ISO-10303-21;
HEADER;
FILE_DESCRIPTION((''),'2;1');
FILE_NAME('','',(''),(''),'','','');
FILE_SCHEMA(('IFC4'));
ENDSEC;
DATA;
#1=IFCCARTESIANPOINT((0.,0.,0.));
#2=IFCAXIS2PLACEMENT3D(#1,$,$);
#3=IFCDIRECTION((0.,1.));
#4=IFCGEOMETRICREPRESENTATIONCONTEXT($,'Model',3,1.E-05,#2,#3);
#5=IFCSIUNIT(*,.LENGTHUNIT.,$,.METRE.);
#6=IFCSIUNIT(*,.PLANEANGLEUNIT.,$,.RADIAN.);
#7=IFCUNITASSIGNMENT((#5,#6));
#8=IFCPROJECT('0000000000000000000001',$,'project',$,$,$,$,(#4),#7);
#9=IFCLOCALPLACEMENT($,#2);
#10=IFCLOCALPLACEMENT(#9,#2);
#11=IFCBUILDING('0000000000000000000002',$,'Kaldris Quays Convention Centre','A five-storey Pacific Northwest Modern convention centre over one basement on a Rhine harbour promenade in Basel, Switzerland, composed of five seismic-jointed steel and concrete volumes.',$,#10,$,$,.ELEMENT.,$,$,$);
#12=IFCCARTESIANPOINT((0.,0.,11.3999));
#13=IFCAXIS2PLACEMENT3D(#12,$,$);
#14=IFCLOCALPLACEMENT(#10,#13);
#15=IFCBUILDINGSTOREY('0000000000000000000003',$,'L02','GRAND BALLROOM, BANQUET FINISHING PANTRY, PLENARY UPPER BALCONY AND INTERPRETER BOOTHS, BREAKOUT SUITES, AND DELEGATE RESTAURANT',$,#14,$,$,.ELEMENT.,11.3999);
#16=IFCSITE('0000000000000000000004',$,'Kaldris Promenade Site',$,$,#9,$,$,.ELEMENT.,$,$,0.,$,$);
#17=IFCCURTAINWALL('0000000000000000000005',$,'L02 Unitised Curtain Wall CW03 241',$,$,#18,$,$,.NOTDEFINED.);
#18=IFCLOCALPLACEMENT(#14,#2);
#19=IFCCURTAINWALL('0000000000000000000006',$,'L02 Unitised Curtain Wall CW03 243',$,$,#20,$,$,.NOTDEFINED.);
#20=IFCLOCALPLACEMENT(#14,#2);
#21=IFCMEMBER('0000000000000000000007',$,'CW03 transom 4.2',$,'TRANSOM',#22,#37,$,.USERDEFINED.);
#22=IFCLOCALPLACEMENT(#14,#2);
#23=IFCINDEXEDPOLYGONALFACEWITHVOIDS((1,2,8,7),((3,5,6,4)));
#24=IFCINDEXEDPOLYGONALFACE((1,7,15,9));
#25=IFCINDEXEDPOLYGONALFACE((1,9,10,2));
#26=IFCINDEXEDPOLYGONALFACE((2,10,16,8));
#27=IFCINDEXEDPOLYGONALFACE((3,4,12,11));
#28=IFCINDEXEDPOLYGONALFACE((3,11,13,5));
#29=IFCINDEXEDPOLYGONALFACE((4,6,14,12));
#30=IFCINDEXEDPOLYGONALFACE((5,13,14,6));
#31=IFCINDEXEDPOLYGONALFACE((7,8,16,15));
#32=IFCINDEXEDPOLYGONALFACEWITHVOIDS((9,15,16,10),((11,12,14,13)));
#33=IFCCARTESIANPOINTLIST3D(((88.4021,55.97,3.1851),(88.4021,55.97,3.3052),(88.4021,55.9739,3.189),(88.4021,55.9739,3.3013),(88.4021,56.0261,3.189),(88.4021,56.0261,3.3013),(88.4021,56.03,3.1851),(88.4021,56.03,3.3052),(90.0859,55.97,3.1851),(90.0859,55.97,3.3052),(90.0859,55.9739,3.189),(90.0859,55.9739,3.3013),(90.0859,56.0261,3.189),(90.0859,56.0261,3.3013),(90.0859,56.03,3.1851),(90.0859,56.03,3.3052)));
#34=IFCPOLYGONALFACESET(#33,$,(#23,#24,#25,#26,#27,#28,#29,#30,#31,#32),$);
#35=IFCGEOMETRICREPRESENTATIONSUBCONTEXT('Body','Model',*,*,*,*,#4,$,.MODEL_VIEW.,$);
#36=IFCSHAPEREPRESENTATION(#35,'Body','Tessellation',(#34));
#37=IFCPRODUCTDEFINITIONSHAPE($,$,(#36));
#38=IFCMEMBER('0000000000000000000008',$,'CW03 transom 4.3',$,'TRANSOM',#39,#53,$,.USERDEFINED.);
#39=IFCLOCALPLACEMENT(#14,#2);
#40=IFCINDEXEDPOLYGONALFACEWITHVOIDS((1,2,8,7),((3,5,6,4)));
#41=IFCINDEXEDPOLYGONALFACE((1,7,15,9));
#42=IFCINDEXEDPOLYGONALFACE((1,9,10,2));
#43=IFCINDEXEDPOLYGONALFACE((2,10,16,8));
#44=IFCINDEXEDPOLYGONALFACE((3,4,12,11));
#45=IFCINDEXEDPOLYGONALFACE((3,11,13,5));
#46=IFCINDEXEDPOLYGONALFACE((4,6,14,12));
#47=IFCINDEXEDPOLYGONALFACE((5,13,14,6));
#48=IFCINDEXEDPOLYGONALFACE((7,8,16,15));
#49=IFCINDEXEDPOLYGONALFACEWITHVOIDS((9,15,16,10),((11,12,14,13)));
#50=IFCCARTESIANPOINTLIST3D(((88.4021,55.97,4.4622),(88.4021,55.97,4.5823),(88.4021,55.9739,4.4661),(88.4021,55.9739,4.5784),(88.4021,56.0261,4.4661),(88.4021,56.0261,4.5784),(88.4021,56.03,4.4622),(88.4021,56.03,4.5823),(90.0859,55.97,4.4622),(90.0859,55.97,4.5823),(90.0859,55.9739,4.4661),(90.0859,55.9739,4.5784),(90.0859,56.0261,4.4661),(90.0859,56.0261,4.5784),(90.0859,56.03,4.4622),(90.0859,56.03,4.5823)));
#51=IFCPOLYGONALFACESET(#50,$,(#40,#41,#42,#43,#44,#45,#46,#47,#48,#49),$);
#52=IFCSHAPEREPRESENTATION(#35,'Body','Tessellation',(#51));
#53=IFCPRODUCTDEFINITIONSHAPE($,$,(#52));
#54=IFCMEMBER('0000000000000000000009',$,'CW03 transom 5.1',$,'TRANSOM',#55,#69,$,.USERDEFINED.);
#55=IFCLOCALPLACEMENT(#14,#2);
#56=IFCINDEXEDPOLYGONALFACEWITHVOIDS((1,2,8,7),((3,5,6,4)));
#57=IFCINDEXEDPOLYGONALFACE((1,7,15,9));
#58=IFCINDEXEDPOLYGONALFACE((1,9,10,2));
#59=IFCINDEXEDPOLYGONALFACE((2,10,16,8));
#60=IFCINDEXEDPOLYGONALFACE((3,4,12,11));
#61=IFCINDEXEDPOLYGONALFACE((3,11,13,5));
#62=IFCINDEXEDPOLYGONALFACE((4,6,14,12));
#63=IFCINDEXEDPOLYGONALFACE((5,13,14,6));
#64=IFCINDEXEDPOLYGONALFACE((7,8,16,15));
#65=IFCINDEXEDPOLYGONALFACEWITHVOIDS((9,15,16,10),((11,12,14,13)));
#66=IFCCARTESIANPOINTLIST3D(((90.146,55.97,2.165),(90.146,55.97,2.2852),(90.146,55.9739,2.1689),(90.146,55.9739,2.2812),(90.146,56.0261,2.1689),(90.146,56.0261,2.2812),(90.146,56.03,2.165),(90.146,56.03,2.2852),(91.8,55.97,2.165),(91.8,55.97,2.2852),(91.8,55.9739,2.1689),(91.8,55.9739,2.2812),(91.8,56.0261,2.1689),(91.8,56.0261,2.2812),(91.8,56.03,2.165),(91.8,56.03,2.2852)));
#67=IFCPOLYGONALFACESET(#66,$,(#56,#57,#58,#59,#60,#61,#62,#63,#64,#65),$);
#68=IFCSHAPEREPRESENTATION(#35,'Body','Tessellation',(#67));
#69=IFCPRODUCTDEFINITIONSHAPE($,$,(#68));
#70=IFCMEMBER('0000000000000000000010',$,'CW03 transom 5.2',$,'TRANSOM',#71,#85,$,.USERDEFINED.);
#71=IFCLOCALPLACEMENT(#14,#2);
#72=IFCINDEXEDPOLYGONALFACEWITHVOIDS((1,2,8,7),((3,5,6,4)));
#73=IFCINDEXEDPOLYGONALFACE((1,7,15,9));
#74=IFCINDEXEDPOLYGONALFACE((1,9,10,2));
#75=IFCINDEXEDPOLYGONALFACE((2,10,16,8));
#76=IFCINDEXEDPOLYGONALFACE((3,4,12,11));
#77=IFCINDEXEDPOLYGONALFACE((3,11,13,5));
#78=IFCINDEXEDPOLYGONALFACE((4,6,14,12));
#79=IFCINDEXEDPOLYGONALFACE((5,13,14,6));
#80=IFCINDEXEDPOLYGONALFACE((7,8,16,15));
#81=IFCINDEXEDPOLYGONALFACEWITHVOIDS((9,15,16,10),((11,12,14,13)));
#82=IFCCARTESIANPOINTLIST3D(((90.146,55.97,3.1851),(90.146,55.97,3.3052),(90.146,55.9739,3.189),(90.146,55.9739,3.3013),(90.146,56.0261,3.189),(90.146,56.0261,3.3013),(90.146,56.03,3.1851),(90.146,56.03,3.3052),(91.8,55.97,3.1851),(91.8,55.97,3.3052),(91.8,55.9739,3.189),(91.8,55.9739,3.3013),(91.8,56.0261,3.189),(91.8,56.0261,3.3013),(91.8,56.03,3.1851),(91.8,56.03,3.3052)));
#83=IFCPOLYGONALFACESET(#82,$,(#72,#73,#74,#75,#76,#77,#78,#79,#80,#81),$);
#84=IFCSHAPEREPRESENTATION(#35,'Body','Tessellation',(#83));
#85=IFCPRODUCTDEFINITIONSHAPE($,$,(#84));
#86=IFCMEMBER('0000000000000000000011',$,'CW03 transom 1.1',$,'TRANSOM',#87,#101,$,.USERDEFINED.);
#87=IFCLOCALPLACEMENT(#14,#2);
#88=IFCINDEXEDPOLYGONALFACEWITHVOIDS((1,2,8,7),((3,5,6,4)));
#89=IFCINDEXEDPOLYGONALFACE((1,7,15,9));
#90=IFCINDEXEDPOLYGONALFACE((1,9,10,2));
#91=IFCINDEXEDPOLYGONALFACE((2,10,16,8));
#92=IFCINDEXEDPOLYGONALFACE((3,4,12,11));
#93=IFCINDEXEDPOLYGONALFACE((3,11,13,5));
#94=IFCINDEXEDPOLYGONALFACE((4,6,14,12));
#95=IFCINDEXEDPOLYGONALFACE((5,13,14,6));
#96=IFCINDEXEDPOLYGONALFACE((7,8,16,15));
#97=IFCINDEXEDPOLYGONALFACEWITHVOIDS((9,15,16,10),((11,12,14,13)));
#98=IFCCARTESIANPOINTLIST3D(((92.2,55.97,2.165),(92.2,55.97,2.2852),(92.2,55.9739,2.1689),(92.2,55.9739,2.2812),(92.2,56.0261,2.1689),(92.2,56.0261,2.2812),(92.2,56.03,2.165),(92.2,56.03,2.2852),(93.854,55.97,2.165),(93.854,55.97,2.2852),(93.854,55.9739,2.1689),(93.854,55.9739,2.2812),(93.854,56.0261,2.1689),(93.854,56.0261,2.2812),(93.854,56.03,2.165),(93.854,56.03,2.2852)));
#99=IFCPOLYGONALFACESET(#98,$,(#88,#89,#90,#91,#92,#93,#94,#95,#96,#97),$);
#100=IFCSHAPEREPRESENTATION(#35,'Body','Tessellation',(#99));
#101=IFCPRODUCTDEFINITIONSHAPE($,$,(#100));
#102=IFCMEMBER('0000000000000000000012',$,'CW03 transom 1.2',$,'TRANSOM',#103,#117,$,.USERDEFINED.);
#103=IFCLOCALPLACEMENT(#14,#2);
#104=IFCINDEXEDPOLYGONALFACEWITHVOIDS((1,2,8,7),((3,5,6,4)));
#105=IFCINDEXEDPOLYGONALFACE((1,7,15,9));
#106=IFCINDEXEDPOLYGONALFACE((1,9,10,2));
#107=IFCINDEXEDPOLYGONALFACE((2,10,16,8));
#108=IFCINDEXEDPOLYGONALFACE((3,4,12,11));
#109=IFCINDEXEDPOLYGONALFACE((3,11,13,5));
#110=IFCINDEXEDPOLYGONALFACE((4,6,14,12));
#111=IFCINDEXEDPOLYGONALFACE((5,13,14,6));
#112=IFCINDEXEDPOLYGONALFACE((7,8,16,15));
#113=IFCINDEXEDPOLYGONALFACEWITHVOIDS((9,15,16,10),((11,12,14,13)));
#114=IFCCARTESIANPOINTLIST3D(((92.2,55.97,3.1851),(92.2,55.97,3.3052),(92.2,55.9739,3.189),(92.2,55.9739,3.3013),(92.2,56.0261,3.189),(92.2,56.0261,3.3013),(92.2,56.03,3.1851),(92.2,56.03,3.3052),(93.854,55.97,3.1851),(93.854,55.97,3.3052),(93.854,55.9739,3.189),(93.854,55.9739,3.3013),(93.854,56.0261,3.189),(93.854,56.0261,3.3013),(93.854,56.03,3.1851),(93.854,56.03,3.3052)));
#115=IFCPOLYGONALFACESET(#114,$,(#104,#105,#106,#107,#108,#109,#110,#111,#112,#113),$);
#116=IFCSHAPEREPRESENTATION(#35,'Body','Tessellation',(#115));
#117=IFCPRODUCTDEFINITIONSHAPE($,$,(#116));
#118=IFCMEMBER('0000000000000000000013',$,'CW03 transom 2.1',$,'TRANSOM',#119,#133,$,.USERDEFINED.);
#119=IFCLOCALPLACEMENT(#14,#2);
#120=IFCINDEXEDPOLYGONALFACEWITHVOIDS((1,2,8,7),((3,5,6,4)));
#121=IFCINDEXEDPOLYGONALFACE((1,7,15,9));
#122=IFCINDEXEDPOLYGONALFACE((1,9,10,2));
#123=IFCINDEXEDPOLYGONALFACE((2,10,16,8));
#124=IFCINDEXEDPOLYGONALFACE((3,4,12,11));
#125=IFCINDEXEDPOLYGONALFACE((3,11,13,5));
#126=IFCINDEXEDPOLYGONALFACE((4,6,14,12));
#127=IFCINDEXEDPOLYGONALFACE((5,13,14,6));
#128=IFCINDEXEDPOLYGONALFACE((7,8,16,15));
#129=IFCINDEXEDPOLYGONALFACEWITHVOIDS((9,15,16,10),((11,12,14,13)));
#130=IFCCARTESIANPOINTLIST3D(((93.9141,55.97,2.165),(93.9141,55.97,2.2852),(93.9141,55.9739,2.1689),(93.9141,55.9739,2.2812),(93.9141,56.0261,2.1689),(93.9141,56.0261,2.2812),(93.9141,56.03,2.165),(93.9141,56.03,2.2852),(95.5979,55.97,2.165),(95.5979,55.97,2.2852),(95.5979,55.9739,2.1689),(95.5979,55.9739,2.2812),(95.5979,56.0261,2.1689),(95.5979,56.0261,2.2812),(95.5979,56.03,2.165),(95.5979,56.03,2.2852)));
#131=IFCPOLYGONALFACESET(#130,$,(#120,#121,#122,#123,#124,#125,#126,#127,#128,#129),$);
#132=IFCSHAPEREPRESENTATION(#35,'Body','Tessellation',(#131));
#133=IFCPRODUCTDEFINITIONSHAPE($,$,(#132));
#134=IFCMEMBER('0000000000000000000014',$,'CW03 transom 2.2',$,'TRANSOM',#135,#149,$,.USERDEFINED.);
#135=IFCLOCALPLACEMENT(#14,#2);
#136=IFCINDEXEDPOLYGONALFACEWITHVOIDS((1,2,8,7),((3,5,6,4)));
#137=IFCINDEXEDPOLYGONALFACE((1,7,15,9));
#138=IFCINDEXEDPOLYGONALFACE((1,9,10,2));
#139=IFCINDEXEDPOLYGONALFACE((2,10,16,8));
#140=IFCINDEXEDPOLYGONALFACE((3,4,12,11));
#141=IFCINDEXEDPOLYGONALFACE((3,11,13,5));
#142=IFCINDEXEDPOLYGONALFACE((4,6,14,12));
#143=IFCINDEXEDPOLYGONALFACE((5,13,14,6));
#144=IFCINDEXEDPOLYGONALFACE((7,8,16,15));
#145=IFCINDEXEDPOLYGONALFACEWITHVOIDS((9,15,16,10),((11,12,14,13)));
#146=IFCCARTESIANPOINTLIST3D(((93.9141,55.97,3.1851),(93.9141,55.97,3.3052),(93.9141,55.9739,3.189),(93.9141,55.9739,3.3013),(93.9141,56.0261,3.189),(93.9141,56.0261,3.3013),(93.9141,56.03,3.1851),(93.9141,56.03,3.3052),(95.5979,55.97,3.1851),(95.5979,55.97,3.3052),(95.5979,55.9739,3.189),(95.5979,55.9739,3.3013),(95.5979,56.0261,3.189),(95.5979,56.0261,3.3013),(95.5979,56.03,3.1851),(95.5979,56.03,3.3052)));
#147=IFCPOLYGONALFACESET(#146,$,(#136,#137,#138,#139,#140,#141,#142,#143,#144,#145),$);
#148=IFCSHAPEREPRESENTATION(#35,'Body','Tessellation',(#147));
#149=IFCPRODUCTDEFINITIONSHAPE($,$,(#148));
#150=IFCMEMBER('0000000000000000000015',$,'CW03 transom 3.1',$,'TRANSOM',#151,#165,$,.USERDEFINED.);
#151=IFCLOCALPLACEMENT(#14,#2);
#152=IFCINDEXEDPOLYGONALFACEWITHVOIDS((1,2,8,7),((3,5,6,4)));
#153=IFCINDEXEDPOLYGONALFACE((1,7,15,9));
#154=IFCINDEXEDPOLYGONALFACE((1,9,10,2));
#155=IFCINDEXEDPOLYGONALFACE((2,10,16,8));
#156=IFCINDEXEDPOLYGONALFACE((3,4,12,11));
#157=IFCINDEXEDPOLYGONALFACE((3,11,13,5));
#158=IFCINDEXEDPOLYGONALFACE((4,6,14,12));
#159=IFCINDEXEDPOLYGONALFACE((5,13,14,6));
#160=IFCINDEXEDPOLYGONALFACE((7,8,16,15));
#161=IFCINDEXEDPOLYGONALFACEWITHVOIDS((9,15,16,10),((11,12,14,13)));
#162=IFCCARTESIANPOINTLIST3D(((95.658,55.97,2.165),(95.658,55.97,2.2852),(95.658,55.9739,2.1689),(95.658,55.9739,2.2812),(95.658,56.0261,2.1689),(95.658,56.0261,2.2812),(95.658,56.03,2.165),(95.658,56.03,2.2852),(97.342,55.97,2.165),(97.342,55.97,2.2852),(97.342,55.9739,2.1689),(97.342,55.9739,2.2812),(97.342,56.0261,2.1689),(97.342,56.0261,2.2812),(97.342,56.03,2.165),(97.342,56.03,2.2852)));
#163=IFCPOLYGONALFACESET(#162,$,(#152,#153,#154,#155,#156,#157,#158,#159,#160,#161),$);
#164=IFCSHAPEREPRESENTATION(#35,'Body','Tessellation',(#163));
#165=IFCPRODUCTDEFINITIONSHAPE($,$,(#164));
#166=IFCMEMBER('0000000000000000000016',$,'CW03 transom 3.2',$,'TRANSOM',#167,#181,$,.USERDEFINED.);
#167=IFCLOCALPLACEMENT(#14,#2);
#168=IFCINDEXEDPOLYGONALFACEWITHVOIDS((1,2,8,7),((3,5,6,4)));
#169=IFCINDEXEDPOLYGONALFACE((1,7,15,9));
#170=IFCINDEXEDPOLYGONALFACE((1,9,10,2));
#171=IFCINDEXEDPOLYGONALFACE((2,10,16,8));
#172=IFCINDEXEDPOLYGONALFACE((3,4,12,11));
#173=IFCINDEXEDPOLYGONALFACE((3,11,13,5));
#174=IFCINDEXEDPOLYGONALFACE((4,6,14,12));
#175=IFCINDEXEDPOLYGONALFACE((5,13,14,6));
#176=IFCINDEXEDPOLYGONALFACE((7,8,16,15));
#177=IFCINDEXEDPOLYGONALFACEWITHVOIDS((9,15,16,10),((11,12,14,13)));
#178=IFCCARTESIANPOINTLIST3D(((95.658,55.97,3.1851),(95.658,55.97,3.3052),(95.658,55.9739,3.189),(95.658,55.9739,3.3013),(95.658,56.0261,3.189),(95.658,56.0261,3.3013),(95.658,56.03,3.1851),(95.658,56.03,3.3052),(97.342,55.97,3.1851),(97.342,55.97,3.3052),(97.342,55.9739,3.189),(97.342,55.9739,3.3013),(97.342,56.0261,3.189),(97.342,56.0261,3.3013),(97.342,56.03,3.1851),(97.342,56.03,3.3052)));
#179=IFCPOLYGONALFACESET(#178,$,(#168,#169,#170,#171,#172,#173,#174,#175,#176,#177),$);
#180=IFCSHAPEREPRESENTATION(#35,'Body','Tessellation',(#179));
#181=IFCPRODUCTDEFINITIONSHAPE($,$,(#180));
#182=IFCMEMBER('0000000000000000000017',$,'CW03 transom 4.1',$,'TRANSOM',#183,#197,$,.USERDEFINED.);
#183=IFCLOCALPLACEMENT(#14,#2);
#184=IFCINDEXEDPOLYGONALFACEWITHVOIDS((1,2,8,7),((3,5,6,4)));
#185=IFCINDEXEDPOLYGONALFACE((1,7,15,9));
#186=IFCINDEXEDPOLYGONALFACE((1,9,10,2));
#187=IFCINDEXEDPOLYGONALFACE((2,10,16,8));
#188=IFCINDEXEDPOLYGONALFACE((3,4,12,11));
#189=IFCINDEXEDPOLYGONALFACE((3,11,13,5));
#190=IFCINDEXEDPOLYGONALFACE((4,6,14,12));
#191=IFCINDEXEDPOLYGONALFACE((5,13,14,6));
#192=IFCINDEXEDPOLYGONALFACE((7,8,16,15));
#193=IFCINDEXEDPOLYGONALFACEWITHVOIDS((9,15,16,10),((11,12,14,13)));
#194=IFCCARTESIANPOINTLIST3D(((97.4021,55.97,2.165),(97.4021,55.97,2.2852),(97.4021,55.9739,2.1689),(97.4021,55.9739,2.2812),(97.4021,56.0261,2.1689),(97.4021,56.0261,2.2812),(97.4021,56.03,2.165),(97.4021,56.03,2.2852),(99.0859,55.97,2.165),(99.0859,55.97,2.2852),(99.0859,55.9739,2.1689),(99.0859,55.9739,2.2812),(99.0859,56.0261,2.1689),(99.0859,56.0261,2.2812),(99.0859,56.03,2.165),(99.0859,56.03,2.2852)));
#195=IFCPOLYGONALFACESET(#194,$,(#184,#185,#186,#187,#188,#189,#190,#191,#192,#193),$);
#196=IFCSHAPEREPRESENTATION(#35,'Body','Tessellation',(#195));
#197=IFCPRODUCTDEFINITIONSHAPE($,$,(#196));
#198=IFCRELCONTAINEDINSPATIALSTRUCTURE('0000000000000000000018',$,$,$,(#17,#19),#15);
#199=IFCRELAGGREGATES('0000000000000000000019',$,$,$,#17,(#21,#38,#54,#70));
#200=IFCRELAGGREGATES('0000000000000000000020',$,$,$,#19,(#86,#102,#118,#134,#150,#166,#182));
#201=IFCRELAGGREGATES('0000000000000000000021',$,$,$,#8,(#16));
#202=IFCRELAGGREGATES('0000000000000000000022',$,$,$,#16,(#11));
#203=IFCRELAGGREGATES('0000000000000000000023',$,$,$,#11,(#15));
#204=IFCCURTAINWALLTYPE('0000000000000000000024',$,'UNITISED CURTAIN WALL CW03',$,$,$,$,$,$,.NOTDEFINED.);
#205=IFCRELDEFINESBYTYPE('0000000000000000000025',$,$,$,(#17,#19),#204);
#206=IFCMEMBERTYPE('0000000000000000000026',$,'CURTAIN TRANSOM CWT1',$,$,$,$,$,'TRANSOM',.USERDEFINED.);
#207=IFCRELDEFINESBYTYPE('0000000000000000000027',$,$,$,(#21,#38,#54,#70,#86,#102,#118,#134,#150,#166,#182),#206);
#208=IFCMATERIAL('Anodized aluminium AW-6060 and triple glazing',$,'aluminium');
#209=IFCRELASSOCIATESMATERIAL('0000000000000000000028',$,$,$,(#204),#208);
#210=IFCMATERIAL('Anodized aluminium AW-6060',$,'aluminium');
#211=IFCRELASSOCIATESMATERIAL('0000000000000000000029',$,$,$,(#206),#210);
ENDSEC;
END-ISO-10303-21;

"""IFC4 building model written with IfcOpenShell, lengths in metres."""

from ifc_helpers import new_model, si_unit, direction, frame, origin, origin_2d, place, context, subcontext, project, spatial, hollow_rectangle, extrude, material, material_profile, profile_set, type_object, element, aggregate, save


model = new_model("IFC4")

# Units and contexts
model_context = context("Model", 3, precision=1e-05, world=origin(), true_north=direction((0.0, 1.0)))
body_context = subcontext(model_context, "Body", "Model", "MODEL_VIEW")
ifc_project = project(units=[si_unit("LENGTHUNIT", "METRE"), si_unit("PLANEANGLEUNIT", "RADIAN")], contexts=[model_context])

# Site, building, storey
site_placement = place(None, origin())
site = spatial("IfcSite", under=ifc_project, at=site_placement, Name="Kaldris Promenade Site", CompositionType="ELEMENT", RefElevation=0.0)
building_placement = place(site_placement, origin())
building = spatial("IfcBuilding", under=site, at=building_placement, Name="Kaldris Quays Convention Centre", Description="A five-storey Pacific Northwest Modern convention centre over one basement on a Rhine harbour promenade in Basel, Switzerland, composed of five seismic-jointed steel and concrete volumes.", CompositionType="ELEMENT")
storey_placement = place(building_placement, frame((0.0, 0.0, 11.3999)))
storey = spatial("IfcBuildingStorey", under=building, at=storey_placement, Name="L02", Description="GRAND BALLROOM, BANQUET FINISHING PANTRY, PLENARY UPPER BALCONY AND INTERPRETER BOOTHS, BREAKOUT SUITES, AND DELEGATE RESTAURANT", CompositionType="ELEMENT", Elevation=11.3999)

# Curtain walls
ifc_material_1 = material(Name="Anodized aluminium AW-6060 and triple glazing", Category="aluminium")
curtain_wall_type = type_object("IfcCurtainWallType", Name="UNITISED CURTAIN WALL CW03", PredefinedType="NOTDEFINED", material=ifc_material_1)
curtain_wall_1_placement = place(storey_placement, origin())
curtain_wall_1 = element("IfcCurtainWall", 1, at=curtain_wall_1_placement, inside=storey, type_object=curtain_wall_type, Name="L02 Unitised Curtain Wall CW03 241", PredefinedType="NOTDEFINED")
ifc_material_2 = material(Name="Anodized aluminium AW-6060", Category="aluminium")
curtain_wall_2_placement = place(storey_placement, origin())
curtain_wall_2 = element("IfcCurtainWall", 2, at=curtain_wall_2_placement, inside=storey, type_object=curtain_wall_type, Name="L02 Unitised Curtain Wall CW03 243", PredefinedType="NOTDEFINED")

# Members
ifc_material_profile_1 = material_profile(ifc_material_2, hollow_rectangle(XDim=0.0601, YDim=0.1201, WallThickness=0.0039, at=origin_2d()), Name="RHS 120x60x4")
ifc_profile_set_1 = profile_set([ifc_material_profile_1], Name="Anodized aluminium AW-6060")
member_type_1 = type_object("IfcMemberType", Name="CURTAIN TRANSOM CWT1", ElementType="TRANSOM", PredefinedType="USERDEFINED", material=ifc_profile_set_1)
member_1_placement = place(storey_placement, frame((88.4021, 56.0, 3.2451), z_axis=(1.0, 0.0, 0.0), x_axis=(0.0, 1.0, 0.0)))
member_1 = element("IfcMember", 3, at=member_1_placement, type_object=member_type_1, Name="CW03 transom 4.2", ObjectType="TRANSOM", PredefinedType="USERDEFINED", context=body_context, shape_type="SweptSolid", body=[
    extrude(hollow_rectangle(XDim=0.0601, YDim=0.1201, WallThickness=0.0039, at=origin_2d()), origin(), (0.0, 0.0, 1.0), 1.6838),
])
member_2_placement = place(storey_placement, frame((88.4021, 56.0, 4.5222), z_axis=(1.0, 0.0, 0.0), x_axis=(0.0, 1.0, 0.0)))
member_2 = element("IfcMember", 4, at=member_2_placement, type_object=member_type_1, Name="CW03 transom 4.3", ObjectType="TRANSOM", PredefinedType="USERDEFINED", context=body_context, shape_type="SweptSolid", body=[
    extrude(hollow_rectangle(XDim=0.0601, YDim=0.1201, WallThickness=0.0039, at=origin_2d()), origin(), (0.0, 0.0, 1.0), 1.6838),
])
member_3_placement = place(storey_placement, frame((90.146, 56.0, 2.2251), z_axis=(1.0, 0.0, 0.0), x_axis=(0.0, 1.0, 0.0)))
member_3 = element("IfcMember", 5, at=member_3_placement, type_object=member_type_1, Name="CW03 transom 5.1", ObjectType="TRANSOM", PredefinedType="USERDEFINED", context=body_context, shape_type="SweptSolid", body=[
    extrude(hollow_rectangle(XDim=0.0601, YDim=0.1201, WallThickness=0.0039, at=origin_2d()), origin(), (0.0, 0.0, 1.0), 1.6541),
])
member_4_placement = place(storey_placement, frame((90.146, 56.0, 3.2451), z_axis=(1.0, 0.0, 0.0), x_axis=(0.0, 1.0, 0.0)))
member_4 = element("IfcMember", 6, at=member_4_placement, type_object=member_type_1, Name="CW03 transom 5.2", ObjectType="TRANSOM", PredefinedType="USERDEFINED", context=body_context, shape_type="SweptSolid", body=[
    extrude(hollow_rectangle(XDim=0.0601, YDim=0.1201, WallThickness=0.0039, at=origin_2d()), origin(), (0.0, 0.0, 1.0), 1.6541),
])
member_5_placement = place(storey_placement, frame((92.2, 56.0, 2.2251), z_axis=(1.0, 0.0, 0.0), x_axis=(0.0, 1.0, 0.0)))
member_5 = element("IfcMember", 7, at=member_5_placement, type_object=member_type_1, Name="CW03 transom 1.1", ObjectType="TRANSOM", PredefinedType="USERDEFINED", context=body_context, shape_type="SweptSolid", body=[
    extrude(hollow_rectangle(XDim=0.0601, YDim=0.1201, WallThickness=0.0039, at=origin_2d()), origin(), (0.0, 0.0, 1.0), 1.6541),
])
member_6_placement = place(storey_placement, frame((92.2, 56.0, 3.2451), z_axis=(1.0, 0.0, 0.0), x_axis=(0.0, 1.0, 0.0)))
member_6 = element("IfcMember", 8, at=member_6_placement, type_object=member_type_1, Name="CW03 transom 1.2", ObjectType="TRANSOM", PredefinedType="USERDEFINED", context=body_context, shape_type="SweptSolid", body=[
    extrude(hollow_rectangle(XDim=0.0601, YDim=0.1201, WallThickness=0.0039, at=origin_2d()), origin(), (0.0, 0.0, 1.0), 1.6541),
])
member_7_placement = place(storey_placement, frame((93.9141, 56.0, 2.2251), z_axis=(1.0, 0.0, 0.0), x_axis=(0.0, 1.0, 0.0)))
member_7 = element("IfcMember", 9, at=member_7_placement, type_object=member_type_1, Name="CW03 transom 2.1", ObjectType="TRANSOM", PredefinedType="USERDEFINED", context=body_context, shape_type="SweptSolid", body=[
    extrude(hollow_rectangle(XDim=0.0601, YDim=0.1201, WallThickness=0.0039, at=origin_2d()), origin(), (0.0, 0.0, 1.0), 1.6838),
])
member_8_placement = place(storey_placement, frame((93.9141, 56.0, 3.2451), z_axis=(1.0, 0.0, 0.0), x_axis=(0.0, 1.0, 0.0)))
member_8 = element("IfcMember", 10, at=member_8_placement, type_object=member_type_1, Name="CW03 transom 2.2", ObjectType="TRANSOM", PredefinedType="USERDEFINED", context=body_context, shape_type="SweptSolid", body=[
    extrude(hollow_rectangle(XDim=0.0601, YDim=0.1201, WallThickness=0.0039, at=origin_2d()), origin(), (0.0, 0.0, 1.0), 1.6838),
])
member_9_placement = place(storey_placement, frame((95.658, 56.0, 2.2251), z_axis=(1.0, 0.0, 0.0), x_axis=(0.0, 1.0, 0.0)))
member_9 = element("IfcMember", 11, at=member_9_placement, type_object=member_type_1, Name="CW03 transom 3.1", ObjectType="TRANSOM", PredefinedType="USERDEFINED", context=body_context, shape_type="SweptSolid", body=[
    extrude(hollow_rectangle(XDim=0.0601, YDim=0.1201, WallThickness=0.0039, at=origin_2d()), origin(), (0.0, 0.0, 1.0), 1.6841),
])
member_10_placement = place(storey_placement, frame((95.658, 56.0, 3.2451), z_axis=(1.0, 0.0, 0.0), x_axis=(0.0, 1.0, 0.0)))
member_10 = element("IfcMember", 12, at=member_10_placement, type_object=member_type_1, Name="CW03 transom 3.2", ObjectType="TRANSOM", PredefinedType="USERDEFINED", context=body_context, shape_type="SweptSolid", body=[
    extrude(hollow_rectangle(XDim=0.0601, YDim=0.1201, WallThickness=0.0039, at=origin_2d()), origin(), (0.0, 0.0, 1.0), 1.6841),
])
member_11_placement = place(storey_placement, frame((97.4021, 56.0, 2.2251), z_axis=(1.0, 0.0, 0.0), x_axis=(0.0, 1.0, 0.0)))
member_11 = element("IfcMember", 13, at=member_11_placement, type_object=member_type_1, Name="CW03 transom 4.1", ObjectType="TRANSOM", PredefinedType="USERDEFINED", context=body_context, shape_type="SweptSolid", body=[
    extrude(hollow_rectangle(XDim=0.0601, YDim=0.1201, WallThickness=0.0039, at=origin_2d()), origin(), (0.0, 0.0, 1.0), 1.6838),
])

aggregate(curtain_wall_1, [member_1, member_2, member_3, member_4])
aggregate(curtain_wall_2, [member_5, member_6, member_7, member_8, member_9, member_10, member_11])

save(model, "model.ifc")
